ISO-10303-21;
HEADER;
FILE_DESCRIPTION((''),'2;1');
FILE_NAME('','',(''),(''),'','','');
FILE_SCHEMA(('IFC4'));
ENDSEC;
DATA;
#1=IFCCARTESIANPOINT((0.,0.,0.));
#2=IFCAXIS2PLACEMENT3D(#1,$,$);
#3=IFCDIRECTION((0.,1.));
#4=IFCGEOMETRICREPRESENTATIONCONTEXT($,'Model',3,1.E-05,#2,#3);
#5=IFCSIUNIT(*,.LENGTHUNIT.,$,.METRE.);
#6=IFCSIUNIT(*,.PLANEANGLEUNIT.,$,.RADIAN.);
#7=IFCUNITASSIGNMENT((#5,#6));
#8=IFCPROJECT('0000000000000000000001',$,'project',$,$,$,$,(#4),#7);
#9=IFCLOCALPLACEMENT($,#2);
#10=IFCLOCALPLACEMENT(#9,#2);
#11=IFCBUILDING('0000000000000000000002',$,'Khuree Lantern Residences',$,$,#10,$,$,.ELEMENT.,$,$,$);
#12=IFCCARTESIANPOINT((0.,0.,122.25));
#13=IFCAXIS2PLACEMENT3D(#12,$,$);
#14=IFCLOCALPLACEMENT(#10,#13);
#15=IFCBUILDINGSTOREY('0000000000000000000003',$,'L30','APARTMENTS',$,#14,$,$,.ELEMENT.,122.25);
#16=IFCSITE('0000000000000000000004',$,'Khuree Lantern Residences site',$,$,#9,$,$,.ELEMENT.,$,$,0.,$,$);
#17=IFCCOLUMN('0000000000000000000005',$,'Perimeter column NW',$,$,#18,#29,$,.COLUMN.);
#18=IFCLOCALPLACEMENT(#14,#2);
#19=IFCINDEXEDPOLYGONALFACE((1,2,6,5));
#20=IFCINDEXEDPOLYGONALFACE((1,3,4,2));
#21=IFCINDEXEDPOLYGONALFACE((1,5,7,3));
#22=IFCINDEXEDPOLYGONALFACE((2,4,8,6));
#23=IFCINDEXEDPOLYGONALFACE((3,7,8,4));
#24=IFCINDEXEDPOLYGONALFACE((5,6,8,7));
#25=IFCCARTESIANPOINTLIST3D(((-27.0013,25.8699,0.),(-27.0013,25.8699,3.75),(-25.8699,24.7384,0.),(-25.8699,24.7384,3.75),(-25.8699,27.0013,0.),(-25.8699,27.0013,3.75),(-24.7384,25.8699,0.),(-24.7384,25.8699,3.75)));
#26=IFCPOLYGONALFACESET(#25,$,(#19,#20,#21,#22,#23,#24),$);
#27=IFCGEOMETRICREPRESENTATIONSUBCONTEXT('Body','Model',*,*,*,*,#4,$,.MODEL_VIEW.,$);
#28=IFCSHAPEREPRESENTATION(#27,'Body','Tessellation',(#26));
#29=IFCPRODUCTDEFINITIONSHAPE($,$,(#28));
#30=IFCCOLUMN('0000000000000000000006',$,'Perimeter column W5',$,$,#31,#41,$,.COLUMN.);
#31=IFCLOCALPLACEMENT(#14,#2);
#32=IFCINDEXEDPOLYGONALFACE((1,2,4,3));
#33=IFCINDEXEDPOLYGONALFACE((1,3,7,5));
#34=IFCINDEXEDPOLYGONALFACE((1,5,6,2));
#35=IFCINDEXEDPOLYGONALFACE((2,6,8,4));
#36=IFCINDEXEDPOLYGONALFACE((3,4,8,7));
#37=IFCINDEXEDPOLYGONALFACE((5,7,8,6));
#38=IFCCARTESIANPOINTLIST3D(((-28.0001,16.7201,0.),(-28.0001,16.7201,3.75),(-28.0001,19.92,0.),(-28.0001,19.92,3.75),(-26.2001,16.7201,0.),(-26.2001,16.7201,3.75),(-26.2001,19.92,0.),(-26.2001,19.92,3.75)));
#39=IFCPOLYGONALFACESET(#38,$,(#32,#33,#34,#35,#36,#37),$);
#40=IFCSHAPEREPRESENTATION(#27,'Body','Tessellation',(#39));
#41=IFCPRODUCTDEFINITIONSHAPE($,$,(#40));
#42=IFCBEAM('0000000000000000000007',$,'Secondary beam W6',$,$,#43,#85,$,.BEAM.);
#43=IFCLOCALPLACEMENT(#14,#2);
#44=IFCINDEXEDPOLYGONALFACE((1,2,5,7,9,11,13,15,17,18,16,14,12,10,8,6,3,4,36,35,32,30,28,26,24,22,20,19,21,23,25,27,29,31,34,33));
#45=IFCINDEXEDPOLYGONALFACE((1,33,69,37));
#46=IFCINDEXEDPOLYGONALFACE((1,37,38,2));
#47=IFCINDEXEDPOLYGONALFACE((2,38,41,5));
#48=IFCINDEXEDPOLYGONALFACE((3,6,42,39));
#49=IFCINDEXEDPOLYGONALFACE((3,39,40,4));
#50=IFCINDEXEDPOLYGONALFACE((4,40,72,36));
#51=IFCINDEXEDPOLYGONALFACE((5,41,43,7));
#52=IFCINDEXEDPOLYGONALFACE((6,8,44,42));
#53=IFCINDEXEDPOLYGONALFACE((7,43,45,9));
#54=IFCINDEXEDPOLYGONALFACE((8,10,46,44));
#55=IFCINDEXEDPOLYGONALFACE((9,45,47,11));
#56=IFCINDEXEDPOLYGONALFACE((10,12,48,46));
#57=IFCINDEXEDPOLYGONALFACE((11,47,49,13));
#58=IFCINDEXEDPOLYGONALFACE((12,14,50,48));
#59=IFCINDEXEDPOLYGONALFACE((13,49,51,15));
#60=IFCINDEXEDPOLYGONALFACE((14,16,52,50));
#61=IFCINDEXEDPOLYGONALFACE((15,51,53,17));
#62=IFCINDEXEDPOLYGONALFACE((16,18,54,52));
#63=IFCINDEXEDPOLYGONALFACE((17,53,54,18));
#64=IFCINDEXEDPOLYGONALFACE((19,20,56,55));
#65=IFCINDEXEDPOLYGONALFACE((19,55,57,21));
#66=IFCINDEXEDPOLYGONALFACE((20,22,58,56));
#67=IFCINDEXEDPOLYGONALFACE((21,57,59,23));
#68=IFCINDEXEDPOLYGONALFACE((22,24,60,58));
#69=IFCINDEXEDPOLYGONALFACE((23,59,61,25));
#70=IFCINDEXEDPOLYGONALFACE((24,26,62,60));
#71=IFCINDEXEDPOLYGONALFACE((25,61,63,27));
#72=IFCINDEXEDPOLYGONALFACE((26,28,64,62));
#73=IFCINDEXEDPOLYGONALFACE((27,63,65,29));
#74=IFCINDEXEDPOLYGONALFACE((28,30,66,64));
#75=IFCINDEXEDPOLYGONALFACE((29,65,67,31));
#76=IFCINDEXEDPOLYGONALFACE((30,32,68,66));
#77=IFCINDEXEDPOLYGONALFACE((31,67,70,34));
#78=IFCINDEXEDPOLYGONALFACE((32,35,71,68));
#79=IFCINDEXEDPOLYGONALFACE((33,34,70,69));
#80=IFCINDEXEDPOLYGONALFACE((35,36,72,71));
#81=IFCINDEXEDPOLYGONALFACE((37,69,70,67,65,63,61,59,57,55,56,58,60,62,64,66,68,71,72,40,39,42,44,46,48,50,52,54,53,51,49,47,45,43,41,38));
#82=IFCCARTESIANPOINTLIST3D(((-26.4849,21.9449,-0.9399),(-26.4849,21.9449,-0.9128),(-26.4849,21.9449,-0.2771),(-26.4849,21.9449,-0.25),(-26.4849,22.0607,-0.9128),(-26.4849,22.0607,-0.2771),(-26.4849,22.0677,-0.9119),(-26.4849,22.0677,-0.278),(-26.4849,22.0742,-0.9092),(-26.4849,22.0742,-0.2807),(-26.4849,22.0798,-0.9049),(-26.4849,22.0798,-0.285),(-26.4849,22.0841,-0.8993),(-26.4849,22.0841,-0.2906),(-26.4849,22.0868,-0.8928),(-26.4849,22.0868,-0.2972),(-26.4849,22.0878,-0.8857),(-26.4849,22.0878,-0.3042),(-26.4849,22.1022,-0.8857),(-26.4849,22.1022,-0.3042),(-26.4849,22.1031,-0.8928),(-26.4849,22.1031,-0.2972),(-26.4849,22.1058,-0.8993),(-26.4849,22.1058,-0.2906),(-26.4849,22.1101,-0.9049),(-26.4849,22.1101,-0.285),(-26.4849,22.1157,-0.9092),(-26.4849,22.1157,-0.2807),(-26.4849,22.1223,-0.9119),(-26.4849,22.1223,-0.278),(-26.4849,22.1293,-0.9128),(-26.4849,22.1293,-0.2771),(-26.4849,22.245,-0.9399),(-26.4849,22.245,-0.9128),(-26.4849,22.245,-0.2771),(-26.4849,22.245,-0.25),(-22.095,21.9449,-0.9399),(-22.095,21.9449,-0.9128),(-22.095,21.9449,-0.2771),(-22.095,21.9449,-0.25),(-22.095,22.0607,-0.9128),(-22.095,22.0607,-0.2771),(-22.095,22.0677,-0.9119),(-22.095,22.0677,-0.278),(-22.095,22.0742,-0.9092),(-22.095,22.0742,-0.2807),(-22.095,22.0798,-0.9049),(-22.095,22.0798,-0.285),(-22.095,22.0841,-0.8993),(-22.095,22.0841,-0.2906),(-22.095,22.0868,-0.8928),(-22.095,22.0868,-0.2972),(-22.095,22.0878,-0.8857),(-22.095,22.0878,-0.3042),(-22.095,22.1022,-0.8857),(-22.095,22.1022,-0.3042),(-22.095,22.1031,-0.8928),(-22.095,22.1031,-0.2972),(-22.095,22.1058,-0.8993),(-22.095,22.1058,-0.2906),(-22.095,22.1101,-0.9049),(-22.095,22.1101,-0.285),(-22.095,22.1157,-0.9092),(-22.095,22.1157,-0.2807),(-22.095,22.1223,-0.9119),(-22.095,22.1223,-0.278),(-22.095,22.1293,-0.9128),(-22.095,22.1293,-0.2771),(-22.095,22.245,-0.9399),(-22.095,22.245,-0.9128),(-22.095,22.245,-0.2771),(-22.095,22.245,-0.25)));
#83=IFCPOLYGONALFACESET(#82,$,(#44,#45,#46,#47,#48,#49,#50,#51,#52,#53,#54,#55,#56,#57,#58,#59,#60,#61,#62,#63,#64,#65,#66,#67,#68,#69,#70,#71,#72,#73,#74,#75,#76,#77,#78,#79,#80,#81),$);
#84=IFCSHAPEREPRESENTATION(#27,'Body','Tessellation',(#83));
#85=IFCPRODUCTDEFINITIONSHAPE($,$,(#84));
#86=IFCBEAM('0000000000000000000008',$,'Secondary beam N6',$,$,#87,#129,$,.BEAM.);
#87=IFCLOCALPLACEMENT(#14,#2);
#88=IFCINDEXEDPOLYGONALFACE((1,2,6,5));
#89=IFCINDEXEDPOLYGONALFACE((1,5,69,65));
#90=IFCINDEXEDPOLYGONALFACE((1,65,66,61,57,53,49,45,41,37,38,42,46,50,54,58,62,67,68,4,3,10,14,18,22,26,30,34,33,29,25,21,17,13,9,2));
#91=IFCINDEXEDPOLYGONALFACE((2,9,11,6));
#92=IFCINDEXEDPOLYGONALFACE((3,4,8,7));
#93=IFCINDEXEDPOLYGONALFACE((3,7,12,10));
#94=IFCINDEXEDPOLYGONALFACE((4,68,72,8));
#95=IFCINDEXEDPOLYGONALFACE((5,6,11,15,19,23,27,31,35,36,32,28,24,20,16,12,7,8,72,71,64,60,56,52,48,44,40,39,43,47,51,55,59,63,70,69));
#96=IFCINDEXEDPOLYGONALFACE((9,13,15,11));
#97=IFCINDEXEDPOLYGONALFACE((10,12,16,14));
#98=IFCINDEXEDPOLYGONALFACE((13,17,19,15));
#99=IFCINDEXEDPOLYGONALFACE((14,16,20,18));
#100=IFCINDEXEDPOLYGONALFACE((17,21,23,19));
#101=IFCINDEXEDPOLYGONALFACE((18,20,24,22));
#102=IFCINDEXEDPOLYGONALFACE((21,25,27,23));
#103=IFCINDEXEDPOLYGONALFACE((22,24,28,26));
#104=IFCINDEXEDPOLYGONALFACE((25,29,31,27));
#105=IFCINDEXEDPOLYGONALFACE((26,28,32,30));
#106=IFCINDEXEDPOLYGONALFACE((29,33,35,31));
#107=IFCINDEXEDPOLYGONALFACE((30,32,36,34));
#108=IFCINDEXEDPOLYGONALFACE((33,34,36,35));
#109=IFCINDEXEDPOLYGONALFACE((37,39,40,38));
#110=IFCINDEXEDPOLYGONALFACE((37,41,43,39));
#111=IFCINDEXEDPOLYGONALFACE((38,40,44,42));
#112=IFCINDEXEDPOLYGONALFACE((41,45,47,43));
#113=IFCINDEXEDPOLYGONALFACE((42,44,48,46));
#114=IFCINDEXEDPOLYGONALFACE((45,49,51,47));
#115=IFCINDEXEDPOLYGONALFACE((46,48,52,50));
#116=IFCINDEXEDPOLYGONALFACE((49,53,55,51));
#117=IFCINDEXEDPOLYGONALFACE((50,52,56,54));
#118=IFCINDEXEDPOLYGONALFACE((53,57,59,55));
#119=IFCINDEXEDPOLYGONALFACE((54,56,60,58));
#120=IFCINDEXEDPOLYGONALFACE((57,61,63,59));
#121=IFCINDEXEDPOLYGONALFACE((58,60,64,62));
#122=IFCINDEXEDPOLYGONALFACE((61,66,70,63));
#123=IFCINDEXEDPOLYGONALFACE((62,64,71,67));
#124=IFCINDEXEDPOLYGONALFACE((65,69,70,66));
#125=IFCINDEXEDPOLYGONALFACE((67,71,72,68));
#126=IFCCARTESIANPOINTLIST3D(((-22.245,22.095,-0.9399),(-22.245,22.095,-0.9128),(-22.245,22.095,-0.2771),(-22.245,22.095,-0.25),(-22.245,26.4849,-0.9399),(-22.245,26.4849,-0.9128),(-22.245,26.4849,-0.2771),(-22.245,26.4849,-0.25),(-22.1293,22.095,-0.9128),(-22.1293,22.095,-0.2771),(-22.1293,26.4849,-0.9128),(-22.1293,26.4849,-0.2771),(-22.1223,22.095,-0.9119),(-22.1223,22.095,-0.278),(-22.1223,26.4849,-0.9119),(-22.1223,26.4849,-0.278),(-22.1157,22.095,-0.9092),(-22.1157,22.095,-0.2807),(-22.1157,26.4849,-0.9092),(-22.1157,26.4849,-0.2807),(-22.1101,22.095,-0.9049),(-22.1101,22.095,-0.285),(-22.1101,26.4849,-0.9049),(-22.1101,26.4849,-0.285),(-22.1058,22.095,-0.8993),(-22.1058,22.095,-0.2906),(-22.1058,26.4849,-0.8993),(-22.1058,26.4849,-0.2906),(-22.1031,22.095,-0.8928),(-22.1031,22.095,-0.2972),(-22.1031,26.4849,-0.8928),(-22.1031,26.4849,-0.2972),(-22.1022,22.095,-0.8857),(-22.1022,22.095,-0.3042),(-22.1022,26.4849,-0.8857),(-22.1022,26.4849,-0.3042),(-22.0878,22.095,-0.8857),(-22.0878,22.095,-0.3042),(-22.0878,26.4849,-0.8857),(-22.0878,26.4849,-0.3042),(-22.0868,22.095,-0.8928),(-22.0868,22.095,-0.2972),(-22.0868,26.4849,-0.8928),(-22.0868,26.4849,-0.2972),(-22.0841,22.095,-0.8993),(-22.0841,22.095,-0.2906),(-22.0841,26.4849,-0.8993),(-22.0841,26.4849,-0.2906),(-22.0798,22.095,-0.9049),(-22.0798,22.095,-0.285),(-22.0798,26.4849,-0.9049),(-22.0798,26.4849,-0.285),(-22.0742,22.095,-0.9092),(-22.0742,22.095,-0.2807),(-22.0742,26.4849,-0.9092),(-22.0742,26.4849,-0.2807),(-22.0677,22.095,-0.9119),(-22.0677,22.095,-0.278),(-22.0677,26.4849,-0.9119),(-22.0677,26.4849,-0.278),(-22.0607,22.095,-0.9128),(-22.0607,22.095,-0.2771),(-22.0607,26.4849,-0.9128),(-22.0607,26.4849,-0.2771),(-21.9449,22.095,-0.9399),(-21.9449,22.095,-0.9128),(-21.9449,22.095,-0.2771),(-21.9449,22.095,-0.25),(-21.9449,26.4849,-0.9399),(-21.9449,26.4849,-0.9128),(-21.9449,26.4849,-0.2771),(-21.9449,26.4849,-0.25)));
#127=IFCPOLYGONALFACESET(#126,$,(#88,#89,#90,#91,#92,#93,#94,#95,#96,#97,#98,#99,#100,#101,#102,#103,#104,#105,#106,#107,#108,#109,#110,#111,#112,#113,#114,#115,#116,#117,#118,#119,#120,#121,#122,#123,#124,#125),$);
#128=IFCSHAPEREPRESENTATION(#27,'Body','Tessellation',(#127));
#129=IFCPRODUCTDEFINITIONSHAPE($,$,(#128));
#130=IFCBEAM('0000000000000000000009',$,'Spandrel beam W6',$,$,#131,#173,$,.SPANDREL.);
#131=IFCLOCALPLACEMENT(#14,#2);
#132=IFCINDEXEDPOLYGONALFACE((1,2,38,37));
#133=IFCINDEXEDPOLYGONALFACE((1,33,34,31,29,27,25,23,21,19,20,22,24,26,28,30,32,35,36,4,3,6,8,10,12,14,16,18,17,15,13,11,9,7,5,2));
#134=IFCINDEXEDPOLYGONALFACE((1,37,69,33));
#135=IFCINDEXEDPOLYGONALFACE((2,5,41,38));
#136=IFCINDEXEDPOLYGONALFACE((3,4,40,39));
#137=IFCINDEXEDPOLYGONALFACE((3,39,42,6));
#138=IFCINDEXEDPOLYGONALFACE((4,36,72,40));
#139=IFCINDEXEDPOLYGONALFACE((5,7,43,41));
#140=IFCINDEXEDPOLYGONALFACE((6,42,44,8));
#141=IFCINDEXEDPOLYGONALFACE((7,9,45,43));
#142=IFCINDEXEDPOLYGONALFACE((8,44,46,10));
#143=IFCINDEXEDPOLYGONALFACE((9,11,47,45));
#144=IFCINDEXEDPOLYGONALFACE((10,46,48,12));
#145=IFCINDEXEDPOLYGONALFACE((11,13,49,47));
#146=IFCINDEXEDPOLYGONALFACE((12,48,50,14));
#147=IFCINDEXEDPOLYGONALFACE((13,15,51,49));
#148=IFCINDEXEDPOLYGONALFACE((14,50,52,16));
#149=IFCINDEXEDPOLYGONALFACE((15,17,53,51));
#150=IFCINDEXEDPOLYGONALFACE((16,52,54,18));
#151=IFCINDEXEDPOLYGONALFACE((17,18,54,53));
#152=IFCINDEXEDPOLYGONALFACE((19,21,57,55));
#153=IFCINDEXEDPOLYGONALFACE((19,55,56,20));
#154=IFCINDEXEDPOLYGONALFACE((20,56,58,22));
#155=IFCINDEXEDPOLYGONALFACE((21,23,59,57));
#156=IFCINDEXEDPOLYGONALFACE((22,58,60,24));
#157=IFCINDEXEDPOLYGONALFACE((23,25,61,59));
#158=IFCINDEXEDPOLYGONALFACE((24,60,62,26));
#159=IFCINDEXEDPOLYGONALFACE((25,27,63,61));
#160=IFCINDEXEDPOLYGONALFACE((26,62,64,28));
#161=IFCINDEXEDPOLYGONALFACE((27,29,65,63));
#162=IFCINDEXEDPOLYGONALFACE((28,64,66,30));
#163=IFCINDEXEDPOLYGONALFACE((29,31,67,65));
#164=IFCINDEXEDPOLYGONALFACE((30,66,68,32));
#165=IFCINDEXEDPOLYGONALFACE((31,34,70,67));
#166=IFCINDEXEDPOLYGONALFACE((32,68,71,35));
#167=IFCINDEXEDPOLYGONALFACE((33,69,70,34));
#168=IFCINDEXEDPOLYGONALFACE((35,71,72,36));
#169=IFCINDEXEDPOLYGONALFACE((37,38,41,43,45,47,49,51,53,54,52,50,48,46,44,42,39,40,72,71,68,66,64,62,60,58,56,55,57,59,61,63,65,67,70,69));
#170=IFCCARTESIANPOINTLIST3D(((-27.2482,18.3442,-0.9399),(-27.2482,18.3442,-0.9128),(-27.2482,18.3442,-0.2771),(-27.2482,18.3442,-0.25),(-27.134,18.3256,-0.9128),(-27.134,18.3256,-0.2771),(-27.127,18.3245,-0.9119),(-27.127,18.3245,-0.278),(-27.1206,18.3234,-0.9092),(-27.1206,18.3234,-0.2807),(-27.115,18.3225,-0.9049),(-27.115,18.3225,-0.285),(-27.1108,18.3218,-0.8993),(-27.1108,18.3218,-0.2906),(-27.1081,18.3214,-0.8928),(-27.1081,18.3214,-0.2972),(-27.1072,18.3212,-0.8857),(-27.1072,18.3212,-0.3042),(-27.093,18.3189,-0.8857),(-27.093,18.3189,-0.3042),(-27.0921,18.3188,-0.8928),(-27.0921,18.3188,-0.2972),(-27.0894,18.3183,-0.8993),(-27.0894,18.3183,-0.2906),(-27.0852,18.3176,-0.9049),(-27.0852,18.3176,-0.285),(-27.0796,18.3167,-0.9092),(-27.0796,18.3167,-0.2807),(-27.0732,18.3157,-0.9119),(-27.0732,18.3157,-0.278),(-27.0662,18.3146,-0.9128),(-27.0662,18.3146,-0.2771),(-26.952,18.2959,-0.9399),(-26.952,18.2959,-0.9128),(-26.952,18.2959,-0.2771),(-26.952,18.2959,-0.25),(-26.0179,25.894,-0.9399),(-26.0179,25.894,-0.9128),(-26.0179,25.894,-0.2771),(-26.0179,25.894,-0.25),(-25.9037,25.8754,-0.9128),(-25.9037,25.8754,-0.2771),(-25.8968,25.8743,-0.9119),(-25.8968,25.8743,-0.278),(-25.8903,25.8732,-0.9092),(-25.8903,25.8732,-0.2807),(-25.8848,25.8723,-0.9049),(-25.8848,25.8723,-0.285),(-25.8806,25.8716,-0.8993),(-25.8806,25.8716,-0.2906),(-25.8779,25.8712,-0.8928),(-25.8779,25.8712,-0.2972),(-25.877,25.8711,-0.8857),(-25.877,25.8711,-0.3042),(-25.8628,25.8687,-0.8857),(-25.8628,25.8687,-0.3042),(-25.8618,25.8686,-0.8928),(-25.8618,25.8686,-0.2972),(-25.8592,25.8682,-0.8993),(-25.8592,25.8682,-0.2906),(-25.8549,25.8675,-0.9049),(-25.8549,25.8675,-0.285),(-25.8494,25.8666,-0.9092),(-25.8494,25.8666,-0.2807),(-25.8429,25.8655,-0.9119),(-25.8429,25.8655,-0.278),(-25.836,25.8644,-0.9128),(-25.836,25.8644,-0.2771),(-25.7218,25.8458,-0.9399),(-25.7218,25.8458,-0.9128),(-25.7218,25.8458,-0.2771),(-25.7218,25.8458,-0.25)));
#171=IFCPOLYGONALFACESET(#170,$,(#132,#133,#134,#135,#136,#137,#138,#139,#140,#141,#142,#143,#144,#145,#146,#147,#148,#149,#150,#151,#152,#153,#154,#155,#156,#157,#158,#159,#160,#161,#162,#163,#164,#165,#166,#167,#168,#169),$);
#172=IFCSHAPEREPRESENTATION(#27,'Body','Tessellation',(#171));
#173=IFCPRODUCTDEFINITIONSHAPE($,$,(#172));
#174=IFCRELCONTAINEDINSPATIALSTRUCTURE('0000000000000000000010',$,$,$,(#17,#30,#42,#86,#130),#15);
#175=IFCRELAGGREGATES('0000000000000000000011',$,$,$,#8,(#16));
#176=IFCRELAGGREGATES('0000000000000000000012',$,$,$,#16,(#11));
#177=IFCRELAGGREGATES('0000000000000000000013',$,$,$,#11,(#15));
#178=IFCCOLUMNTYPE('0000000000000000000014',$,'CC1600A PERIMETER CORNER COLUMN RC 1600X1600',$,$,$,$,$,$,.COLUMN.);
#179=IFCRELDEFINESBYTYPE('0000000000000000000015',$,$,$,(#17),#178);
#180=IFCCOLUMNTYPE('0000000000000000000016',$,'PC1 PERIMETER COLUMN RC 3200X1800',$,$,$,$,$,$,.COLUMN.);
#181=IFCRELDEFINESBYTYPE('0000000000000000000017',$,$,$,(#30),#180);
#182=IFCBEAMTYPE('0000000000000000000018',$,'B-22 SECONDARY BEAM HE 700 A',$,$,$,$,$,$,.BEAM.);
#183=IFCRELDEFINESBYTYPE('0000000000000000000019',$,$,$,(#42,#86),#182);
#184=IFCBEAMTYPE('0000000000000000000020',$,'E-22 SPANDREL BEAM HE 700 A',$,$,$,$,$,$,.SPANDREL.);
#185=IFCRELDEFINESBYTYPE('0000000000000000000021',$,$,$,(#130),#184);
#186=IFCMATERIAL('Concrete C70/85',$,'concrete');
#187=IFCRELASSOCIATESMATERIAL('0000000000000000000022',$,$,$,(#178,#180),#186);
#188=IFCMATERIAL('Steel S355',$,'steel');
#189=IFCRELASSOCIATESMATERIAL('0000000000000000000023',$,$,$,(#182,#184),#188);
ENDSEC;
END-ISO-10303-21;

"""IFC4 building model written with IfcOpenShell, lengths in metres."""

from ifc_helpers import new_model, si_unit, direction, frame, origin, origin_2d, place, context, subcontext, project, spatial, rectangle, i_section, extrude, material, material_profile, profile_set, type_object, element, save


model = new_model("IFC4")

# Units and contexts
model_context = context("Model", 3, precision=1e-05, world=origin(), true_north=direction((0.0, 1.0)))
body_context = subcontext(model_context, "Body", "Model", "MODEL_VIEW")
ifc_project = project(units=[si_unit("LENGTHUNIT", "METRE"), si_unit("PLANEANGLEUNIT", "RADIAN")], contexts=[model_context])

# Site, building, storey
site_placement = place(None, origin())
site = spatial("IfcSite", under=ifc_project, at=site_placement, Name="Khuree Lantern Residences site", CompositionType="ELEMENT", RefElevation=0.0)
building_placement = place(site_placement, origin())
building = spatial("IfcBuilding", under=site, at=building_placement, Name="Khuree Lantern Residences", CompositionType="ELEMENT")
storey_placement = place(building_placement, frame((0.0, 0.0, 122.25)))
storey = spatial("IfcBuildingStorey", under=building, at=storey_placement, Name="L30", Description="APARTMENTS", CompositionType="ELEMENT", Elevation=122.25)

# Columns
ifc_material_1 = material(Name="Concrete C70/85", Category="concrete")
ifc_material_profile_1 = material_profile(ifc_material_1, rectangle(XDim=1.6001, YDim=1.6001, at=origin_2d()), Name="RC 1600X1600")
ifc_profile_set_1 = profile_set([ifc_material_profile_1], Name="Concrete C70/85")
column_type_1 = type_object("IfcColumnType", Name="CC1600A PERIMETER CORNER COLUMN RC 1600X1600", PredefinedType="COLUMN", material=ifc_profile_set_1)
column_1_placement = place(storey_placement, frame((-25.8699, 25.8699, 0.0), z_axis=(0.0, 0.0, 1.0), x_axis=(0.707107, 0.707107, 0.0)))
element("IfcColumn", 1, at=column_1_placement, inside=storey, type_object=column_type_1, Name="Perimeter column NW", PredefinedType="COLUMN", context=body_context, shape_type="SweptSolid", body=[
    extrude(rectangle(XDim=1.6001, YDim=1.6001, at=origin_2d()), origin(), (0.0, 0.0, 1.0), 3.75),
])
ifc_material_profile_2 = material_profile(ifc_material_1, rectangle(XDim=3.2, YDim=1.8, at=origin_2d()), Name="RC 3200X1800")
ifc_profile_set_2 = profile_set([ifc_material_profile_2], Name="Concrete C70/85")
column_type_2 = type_object("IfcColumnType", Name="PC1 PERIMETER COLUMN RC 3200X1800", PredefinedType="COLUMN", material=ifc_profile_set_2)
column_2_placement = place(storey_placement, frame((-27.1001, 18.3201, 0.0), z_axis=(0.0, 0.0, 1.0), x_axis=(0.0, 1.0, 0.0)))
element("IfcColumn", 2, at=column_2_placement, inside=storey, type_object=column_type_2, Name="Perimeter column W5", PredefinedType="COLUMN", context=body_context, shape_type="SweptSolid", body=[
    extrude(rectangle(XDim=3.2, YDim=1.8, at=origin_2d()), origin(), (0.0, 0.0, 1.0), 3.75),
])

# Beams
ifc_material_2 = material(Name="Steel S355", Category="steel")
ifc_material_profile_3 = material_profile(ifc_material_2, i_section(OverallWidth=0.3, OverallDepth=0.6899, WebThickness=0.0144, FlangeThickness=0.0271, FilletRadius=0.0271, at=origin_2d()), Name="HE 700 A")
ifc_profile_set_3 = profile_set([ifc_material_profile_3], Name="Steel S355")
beam_type_1 = type_object("IfcBeamType", Name="B-22 SECONDARY BEAM HE 700 A", PredefinedType="BEAM", material=ifc_profile_set_3)
for number, where, z_axis, x_axis, name in (
    (3, (-26.4849, 22.095, -0.595), (1.0, 0.0, 0.0), (0.0, 1.0, 0.0), "Secondary beam W6"),
    (4, (-22.095, 26.4849, -0.595), (0.0, -1.0, 0.0), (1.0, 0.0, 0.0), "Secondary beam N6"),
):
    element("IfcBeam", number, at=place(storey_placement, frame(where, z_axis=z_axis, x_axis=x_axis)), inside=storey, type_object=beam_type_1, Name=name, PredefinedType="BEAM", context=body_context, shape_type="SweptSolid", body=[
        extrude(i_section(OverallWidth=0.3, OverallDepth=0.6899, WebThickness=0.0144, FlangeThickness=0.0271, FilletRadius=0.0271, at=origin_2d()), origin(), (0.0, 0.0, 1.0), 4.3899),
    ])
ifc_material_profile_4 = material_profile(ifc_material_2, i_section(OverallWidth=0.3, OverallDepth=0.6899, WebThickness=0.0144, FlangeThickness=0.0271, FilletRadius=0.0271, at=origin_2d()), Name="HE 700 A")
ifc_profile_set_4 = profile_set([ifc_material_profile_4], Name="Steel S355")
beam_type_2 = type_object("IfcBeamType", Name="E-22 SPANDREL BEAM HE 700 A", PredefinedType="SPANDREL", material=ifc_profile_set_4)
for number, where, z_axis, x_axis, name in (
    (5, (-27.1001, 18.3201, -0.595), (0.160827, 0.986983, 0.0), (-0.986983, 0.160827, 0.0), "Spandrel beam W6"),
):
    element("IfcBeam", number, at=place(storey_placement, frame(where, z_axis=z_axis, x_axis=x_axis)), inside=storey, type_object=beam_type_2, Name=name, PredefinedType="SPANDREL", context=body_context, shape_type="SweptSolid", body=[
        extrude(i_section(OverallWidth=0.3, OverallDepth=0.6899, WebThickness=0.0144, FlangeThickness=0.0271, FilletRadius=0.0271, at=origin_2d()), origin(), (0.0, 0.0, 1.0), 7.6494),
    ])

save(model, "model.ifc")
